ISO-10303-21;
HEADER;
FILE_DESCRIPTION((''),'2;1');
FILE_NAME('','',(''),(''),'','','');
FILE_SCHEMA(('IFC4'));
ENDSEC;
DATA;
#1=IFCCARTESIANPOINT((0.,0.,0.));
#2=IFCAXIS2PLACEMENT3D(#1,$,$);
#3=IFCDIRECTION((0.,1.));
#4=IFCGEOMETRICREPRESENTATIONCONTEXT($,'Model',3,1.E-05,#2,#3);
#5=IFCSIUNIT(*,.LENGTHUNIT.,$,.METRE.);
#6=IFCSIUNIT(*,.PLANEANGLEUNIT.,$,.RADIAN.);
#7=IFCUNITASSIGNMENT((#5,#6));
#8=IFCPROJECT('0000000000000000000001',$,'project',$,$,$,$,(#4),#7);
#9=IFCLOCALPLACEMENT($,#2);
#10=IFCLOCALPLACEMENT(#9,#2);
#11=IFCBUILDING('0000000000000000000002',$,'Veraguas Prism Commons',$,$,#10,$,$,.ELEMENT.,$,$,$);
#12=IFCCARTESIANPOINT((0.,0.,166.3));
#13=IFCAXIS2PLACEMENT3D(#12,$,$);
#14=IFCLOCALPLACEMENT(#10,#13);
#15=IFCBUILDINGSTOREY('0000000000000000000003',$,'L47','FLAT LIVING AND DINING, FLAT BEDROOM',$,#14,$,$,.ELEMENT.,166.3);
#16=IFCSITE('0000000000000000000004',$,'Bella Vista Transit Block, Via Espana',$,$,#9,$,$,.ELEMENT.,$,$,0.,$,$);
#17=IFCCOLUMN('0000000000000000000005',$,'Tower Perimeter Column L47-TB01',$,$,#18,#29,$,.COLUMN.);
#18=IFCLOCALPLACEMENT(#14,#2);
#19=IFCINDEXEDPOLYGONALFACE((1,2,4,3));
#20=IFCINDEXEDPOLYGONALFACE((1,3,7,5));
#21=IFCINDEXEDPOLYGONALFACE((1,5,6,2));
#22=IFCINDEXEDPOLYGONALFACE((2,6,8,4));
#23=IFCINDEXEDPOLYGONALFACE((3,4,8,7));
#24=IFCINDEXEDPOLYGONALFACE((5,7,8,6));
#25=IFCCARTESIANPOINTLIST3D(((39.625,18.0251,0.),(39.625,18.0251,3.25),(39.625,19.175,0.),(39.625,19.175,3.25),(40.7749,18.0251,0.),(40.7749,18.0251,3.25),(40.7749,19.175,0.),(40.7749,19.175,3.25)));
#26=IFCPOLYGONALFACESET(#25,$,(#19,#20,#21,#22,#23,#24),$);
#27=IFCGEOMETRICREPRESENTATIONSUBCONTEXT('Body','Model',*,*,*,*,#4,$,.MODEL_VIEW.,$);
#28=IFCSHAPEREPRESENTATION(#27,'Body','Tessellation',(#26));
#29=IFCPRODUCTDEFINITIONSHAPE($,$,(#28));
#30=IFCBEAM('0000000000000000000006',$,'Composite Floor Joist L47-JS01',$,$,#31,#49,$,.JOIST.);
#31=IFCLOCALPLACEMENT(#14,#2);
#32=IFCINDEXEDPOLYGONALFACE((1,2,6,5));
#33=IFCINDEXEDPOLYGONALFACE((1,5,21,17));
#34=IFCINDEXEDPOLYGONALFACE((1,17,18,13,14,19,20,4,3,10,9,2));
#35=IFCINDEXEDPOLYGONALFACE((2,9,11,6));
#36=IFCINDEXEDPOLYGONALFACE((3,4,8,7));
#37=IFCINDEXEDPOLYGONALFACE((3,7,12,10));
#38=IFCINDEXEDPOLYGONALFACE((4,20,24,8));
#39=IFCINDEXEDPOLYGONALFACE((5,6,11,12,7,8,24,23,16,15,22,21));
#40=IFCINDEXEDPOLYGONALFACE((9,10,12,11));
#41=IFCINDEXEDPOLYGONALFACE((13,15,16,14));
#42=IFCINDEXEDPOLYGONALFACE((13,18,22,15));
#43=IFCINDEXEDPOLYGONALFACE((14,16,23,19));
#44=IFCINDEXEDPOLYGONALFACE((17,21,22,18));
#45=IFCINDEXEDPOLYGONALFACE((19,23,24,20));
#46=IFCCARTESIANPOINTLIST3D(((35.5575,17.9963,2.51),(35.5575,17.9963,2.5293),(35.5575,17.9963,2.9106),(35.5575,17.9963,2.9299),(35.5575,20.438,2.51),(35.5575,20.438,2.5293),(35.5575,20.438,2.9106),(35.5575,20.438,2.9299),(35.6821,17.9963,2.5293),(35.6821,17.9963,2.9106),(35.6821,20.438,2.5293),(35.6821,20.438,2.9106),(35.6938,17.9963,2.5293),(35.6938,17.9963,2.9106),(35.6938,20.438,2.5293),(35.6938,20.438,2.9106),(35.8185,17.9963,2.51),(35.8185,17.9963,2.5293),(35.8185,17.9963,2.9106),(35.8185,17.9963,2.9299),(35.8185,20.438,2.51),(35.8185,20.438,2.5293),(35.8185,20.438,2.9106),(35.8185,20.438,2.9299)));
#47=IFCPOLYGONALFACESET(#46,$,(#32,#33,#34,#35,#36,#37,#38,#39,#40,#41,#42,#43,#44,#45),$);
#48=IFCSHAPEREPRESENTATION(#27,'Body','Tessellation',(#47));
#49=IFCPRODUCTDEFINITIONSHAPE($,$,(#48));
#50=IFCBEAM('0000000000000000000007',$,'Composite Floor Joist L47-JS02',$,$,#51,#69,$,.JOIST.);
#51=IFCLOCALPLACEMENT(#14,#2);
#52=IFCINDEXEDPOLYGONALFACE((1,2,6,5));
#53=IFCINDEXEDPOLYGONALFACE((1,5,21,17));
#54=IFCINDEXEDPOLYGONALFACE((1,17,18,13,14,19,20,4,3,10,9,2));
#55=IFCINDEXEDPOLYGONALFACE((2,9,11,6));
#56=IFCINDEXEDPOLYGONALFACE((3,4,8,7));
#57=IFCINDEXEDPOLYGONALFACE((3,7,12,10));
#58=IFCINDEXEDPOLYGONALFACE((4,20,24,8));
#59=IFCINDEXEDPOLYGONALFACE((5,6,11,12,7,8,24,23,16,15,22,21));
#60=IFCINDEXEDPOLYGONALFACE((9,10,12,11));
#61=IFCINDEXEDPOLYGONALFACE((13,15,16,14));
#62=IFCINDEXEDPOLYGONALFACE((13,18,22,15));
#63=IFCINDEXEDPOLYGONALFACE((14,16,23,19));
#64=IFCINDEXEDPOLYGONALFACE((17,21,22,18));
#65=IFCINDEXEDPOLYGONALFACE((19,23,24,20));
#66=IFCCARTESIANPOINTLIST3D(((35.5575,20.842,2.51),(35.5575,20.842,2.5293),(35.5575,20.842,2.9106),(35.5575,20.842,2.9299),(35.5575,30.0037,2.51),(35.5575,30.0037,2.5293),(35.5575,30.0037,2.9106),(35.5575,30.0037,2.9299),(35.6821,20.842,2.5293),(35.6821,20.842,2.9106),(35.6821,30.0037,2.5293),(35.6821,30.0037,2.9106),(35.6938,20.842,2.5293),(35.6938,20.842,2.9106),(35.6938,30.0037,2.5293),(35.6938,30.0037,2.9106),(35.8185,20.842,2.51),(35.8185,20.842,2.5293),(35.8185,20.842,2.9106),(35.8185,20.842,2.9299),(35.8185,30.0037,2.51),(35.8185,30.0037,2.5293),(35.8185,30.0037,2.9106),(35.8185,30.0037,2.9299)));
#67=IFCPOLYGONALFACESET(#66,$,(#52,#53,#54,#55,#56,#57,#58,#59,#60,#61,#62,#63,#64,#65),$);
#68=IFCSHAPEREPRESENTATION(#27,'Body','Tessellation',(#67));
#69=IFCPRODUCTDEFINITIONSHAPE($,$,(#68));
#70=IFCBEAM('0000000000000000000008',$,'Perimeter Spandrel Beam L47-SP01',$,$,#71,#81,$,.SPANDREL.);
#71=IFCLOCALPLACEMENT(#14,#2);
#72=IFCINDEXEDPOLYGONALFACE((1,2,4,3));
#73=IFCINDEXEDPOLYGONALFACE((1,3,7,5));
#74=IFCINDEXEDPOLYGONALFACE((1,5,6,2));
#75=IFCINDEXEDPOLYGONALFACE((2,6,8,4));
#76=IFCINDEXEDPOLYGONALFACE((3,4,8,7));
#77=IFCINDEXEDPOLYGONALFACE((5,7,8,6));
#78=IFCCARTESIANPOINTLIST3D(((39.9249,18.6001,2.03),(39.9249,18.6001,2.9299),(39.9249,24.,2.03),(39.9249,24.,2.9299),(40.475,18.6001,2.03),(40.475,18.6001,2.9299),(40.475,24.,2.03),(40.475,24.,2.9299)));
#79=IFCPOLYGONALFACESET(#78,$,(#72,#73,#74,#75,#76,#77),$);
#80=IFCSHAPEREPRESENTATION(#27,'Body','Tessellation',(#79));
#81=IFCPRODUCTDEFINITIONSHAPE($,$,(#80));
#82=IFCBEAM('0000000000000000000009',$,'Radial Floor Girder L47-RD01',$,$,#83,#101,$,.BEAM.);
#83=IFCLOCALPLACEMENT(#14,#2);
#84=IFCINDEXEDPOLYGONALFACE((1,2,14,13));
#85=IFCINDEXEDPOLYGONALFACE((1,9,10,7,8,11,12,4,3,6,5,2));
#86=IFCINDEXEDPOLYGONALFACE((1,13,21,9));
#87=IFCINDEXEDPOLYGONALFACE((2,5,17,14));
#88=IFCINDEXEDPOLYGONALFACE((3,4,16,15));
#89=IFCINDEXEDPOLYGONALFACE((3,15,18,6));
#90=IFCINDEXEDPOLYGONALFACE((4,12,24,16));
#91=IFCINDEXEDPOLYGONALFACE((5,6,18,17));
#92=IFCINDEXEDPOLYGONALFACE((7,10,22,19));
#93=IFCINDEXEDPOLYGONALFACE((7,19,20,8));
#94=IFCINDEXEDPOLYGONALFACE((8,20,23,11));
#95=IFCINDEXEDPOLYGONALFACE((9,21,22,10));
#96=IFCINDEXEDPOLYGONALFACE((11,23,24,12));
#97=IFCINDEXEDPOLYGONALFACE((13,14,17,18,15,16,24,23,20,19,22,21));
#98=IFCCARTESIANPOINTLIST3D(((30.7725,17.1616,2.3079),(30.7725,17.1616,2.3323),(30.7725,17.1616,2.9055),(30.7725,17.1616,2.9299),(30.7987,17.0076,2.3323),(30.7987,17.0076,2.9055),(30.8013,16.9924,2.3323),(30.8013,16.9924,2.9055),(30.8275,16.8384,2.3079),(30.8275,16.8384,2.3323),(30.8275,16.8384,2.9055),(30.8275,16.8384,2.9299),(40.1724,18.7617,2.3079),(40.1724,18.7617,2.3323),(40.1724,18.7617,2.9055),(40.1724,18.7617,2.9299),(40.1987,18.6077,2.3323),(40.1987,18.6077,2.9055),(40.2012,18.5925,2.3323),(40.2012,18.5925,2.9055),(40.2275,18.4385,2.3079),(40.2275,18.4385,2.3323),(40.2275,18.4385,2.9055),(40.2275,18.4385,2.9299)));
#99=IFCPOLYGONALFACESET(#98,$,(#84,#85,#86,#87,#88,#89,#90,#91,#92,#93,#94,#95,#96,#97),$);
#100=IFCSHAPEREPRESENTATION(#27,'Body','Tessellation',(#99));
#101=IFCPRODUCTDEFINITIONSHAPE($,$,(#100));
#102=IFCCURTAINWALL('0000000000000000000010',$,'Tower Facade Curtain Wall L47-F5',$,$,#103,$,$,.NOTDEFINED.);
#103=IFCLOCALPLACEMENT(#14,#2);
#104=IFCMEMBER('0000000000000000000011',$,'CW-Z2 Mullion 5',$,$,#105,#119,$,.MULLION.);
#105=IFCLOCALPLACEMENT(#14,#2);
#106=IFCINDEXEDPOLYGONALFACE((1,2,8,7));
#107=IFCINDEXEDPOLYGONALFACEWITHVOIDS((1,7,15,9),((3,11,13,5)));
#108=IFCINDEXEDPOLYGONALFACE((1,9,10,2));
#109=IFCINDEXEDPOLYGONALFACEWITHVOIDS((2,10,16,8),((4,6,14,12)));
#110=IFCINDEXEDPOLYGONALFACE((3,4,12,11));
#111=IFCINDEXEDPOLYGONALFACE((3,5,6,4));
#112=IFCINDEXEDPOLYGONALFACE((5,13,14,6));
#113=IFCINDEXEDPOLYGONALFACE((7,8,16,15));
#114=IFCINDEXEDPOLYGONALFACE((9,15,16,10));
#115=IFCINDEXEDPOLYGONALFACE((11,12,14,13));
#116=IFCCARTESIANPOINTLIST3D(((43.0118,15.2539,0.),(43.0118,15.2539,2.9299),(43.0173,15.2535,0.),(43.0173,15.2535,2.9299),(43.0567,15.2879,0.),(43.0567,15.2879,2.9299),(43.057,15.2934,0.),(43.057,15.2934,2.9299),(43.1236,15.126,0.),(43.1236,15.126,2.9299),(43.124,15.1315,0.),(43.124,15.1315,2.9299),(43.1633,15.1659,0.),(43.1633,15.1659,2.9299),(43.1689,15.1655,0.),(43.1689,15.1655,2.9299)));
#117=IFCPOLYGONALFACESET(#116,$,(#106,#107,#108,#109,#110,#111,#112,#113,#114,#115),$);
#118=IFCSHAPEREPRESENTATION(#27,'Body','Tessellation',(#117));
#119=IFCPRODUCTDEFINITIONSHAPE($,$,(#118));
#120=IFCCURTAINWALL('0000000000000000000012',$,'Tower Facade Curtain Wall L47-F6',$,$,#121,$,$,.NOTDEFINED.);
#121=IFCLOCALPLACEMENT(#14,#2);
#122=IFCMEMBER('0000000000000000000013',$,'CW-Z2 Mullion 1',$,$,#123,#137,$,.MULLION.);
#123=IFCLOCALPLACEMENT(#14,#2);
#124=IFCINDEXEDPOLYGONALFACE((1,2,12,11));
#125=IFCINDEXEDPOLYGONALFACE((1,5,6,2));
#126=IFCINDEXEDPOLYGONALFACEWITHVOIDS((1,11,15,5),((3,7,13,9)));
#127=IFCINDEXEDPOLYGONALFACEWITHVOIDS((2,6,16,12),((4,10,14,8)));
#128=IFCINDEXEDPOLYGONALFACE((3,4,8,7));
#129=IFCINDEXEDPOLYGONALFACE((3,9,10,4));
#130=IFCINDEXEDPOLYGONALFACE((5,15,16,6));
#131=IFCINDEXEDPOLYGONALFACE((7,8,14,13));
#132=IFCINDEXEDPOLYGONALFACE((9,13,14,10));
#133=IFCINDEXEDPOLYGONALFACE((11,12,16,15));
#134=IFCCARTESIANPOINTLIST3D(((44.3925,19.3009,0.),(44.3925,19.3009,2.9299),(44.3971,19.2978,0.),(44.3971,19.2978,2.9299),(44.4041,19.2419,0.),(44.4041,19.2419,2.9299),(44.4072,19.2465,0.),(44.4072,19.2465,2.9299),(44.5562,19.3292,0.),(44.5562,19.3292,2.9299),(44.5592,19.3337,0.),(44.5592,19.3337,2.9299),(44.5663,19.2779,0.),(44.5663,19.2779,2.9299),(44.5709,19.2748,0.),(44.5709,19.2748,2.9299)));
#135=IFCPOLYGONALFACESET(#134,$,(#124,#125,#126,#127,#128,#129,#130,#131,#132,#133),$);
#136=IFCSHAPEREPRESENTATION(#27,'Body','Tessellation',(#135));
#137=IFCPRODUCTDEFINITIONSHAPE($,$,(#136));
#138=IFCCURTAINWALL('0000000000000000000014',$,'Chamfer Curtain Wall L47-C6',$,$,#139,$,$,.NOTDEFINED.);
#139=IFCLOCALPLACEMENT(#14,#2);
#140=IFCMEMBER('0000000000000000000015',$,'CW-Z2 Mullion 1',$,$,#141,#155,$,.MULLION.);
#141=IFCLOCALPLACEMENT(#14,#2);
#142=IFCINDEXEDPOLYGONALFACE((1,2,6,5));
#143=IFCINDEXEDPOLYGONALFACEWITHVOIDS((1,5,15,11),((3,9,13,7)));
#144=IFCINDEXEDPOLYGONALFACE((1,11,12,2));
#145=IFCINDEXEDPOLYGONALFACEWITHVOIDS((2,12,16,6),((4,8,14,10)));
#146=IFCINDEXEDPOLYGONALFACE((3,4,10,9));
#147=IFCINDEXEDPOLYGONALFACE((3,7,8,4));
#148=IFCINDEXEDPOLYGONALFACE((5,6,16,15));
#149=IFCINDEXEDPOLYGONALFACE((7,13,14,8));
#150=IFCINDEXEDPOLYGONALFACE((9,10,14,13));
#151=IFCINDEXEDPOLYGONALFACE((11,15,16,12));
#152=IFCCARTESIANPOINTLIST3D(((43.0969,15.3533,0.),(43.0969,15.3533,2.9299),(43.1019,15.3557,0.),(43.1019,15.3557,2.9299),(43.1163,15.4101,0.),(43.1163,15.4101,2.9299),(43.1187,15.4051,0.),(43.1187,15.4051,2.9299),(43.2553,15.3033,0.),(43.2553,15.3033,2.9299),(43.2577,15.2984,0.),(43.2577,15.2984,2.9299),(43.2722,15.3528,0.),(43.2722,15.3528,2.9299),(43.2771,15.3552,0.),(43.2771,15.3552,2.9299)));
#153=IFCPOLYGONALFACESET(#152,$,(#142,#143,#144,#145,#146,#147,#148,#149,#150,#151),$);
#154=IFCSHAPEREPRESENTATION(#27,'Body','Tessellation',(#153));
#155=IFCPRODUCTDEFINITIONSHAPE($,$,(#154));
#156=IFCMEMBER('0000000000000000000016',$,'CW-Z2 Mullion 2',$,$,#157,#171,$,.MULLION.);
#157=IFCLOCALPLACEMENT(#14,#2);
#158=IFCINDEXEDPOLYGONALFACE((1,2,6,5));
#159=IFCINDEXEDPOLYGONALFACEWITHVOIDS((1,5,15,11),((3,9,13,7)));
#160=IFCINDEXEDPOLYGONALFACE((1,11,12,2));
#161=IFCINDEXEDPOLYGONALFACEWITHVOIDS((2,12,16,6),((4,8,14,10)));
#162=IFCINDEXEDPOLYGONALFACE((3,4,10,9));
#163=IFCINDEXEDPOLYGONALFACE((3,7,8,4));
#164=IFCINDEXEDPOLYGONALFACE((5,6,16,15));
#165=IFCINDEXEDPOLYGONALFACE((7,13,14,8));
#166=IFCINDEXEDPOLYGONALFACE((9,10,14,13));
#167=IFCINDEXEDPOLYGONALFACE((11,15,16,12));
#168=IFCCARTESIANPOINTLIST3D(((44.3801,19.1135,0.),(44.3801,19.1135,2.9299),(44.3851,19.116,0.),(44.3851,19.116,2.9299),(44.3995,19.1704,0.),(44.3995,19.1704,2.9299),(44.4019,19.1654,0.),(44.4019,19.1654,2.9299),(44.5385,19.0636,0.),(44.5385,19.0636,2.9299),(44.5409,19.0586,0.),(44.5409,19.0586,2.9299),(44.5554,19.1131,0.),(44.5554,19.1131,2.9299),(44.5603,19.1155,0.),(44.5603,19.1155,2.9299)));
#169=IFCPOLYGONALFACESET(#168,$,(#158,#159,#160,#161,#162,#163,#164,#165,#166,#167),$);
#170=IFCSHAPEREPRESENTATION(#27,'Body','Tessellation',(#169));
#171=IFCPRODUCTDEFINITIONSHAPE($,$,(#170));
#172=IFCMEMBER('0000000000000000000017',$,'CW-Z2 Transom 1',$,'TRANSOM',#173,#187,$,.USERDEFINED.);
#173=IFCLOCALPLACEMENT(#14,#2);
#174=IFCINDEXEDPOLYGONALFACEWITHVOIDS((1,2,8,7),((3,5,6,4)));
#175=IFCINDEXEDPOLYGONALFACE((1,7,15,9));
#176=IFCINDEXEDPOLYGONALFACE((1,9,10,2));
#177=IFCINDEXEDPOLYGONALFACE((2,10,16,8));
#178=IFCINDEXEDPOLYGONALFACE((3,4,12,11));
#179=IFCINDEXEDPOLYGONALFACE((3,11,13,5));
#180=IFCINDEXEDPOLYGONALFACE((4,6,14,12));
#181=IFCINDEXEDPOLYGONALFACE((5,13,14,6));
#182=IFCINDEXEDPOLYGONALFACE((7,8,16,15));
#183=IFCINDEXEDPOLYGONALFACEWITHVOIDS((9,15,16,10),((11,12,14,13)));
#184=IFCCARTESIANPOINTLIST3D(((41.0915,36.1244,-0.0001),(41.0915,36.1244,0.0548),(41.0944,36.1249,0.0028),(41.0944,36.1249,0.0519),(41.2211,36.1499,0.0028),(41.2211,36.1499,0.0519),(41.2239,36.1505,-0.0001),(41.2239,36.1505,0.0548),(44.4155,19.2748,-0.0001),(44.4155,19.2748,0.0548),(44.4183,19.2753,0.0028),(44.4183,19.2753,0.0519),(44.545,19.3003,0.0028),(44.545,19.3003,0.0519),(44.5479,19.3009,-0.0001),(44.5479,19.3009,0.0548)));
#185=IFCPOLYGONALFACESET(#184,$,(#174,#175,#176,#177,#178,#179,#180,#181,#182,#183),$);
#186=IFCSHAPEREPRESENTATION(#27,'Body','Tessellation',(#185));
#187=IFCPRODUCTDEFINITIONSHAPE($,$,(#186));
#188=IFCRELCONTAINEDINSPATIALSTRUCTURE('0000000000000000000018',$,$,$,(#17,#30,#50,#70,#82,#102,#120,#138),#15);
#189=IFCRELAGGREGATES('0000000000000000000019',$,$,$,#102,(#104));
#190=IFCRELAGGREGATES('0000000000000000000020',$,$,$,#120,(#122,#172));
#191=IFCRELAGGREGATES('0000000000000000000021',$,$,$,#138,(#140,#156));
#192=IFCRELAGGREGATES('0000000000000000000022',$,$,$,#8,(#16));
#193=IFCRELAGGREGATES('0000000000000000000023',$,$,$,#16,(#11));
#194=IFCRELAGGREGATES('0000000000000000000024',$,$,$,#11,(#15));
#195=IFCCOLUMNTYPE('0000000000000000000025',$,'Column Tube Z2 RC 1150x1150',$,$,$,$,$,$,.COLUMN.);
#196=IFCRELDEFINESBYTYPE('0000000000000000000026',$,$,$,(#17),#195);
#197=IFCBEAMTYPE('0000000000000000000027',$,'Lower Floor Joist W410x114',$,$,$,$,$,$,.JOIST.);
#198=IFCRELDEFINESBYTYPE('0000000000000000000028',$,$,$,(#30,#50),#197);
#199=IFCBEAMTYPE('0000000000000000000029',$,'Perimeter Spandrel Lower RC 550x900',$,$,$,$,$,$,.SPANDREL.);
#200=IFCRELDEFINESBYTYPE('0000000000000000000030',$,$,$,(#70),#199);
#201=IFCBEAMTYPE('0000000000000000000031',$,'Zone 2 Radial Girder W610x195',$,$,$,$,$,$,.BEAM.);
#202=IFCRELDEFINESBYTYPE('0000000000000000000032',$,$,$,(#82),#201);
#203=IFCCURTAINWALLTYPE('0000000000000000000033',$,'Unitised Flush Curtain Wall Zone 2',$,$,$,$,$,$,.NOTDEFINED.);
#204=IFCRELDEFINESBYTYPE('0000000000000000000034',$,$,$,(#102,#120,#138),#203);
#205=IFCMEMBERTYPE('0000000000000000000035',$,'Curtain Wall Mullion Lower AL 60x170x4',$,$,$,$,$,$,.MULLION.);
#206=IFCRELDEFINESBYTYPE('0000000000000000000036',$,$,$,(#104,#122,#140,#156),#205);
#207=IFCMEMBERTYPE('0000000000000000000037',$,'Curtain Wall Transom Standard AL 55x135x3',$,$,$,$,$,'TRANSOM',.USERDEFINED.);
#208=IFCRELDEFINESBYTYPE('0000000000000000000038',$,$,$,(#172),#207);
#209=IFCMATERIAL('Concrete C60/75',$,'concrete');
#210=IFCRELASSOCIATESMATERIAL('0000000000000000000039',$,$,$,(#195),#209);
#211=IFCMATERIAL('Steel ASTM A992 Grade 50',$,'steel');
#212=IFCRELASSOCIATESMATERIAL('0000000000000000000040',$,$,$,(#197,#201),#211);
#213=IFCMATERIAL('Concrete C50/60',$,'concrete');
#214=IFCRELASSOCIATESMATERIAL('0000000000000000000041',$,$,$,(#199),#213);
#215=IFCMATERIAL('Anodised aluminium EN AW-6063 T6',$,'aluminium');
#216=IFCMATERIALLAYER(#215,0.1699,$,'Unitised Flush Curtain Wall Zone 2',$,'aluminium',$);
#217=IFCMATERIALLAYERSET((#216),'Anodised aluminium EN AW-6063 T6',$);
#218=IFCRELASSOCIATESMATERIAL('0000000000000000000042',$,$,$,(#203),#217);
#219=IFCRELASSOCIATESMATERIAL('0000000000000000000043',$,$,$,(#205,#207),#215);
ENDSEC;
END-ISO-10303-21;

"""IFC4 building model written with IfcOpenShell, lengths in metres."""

from ifc_helpers import new_model, si_unit, direction, frame, origin, origin_2d, place, context, subcontext, project, spatial, rectangle, hollow_rectangle, i_section, extrude, source, transform, mapped, material, layer, layer_set, material_profile, profile_set, type_object, element, aggregate, save


model = new_model("IFC4")

# Units and contexts
model_context = context("Model", 3, precision=1e-05, world=origin(), true_north=direction((0.0, 1.0)))
body_context = subcontext(model_context, "Body", "Model", "MODEL_VIEW")
ifc_project = project(units=[si_unit("LENGTHUNIT", "METRE"), si_unit("PLANEANGLEUNIT", "RADIAN")], contexts=[model_context])

# Site, building, storey
site_placement = place(None, origin())
site = spatial("IfcSite", under=ifc_project, at=site_placement, Name="Bella Vista Transit Block, Via Espana", CompositionType="ELEMENT", RefElevation=0.0)
building_placement = place(site_placement, origin())
building = spatial("IfcBuilding", under=site, at=building_placement, Name="Veraguas Prism Commons", CompositionType="ELEMENT")
storey_placement = place(building_placement, frame((0.0, 0.0, 166.3)))
storey = spatial("IfcBuildingStorey", under=building, at=storey_placement, Name="L47", Description="FLAT LIVING AND DINING, FLAT BEDROOM", CompositionType="ELEMENT", Elevation=166.3)

# Column
ifc_material_1 = material(Name="Concrete C60/75", Category="concrete")
ifc_material_profile_1 = material_profile(ifc_material_1, rectangle(XDim=1.1499, YDim=1.1499, at=origin_2d()), Name="RC1150X1150")
ifc_profile_set_1 = profile_set([ifc_material_profile_1], Name="Concrete C60/75")
column_type = type_object("IfcColumnType", Name="Column Tube Z2 RC 1150x1150", PredefinedType="COLUMN", material=ifc_profile_set_1)
column_placement = place(storey_placement, frame((40.2, 18.6001, 0.0), z_axis=(0.0, 0.0, 1.0), x_axis=(1.0, 0.0, 0.0)))
element("IfcColumn", 1, at=column_placement, inside=storey, type_object=column_type, Name="Tower Perimeter Column L47-TB01", PredefinedType="COLUMN", context=body_context, shape_type="SweptSolid", body=[
    extrude(rectangle(XDim=1.1499, YDim=1.1499, at=origin_2d()), origin(), (0.0, 0.0, 1.0), 3.25),
])

# Beams
ifc_material_2 = material(Name="Steel ASTM A992 Grade 50", Category="steel")
ifc_material_profile_2 = material_profile(ifc_material_2, i_section(OverallWidth=0.261, OverallDepth=0.4199, WebThickness=0.0117, FlangeThickness=0.0193, at=origin_2d()), Name="W410X114")
ifc_profile_set_2 = profile_set([ifc_material_profile_2], Name="Steel ASTM A992 Grade 50")
beam_type_1 = type_object("IfcBeamType", Name="Lower Floor Joist W410x114", PredefinedType="JOIST", material=ifc_profile_set_2)
beam_1_placement = place(storey_placement, frame((35.688, 17.9963, 2.72), z_axis=(0.0, 1.0, 0.0), x_axis=(-1.0, 0.0, 0.0)))
element("IfcBeam", 2, at=beam_1_placement, inside=storey, type_object=beam_type_1, Name="Composite Floor Joist L47-JS01", PredefinedType="JOIST", context=body_context, shape_type="SweptSolid", body=[
    extrude(i_section(OverallWidth=0.261, OverallDepth=0.4199, WebThickness=0.0117, FlangeThickness=0.0193, at=origin_2d()), origin(), (0.0, 0.0, 1.0), 2.4417),
])
beam_2_placement = place(storey_placement, frame((35.688, 20.842, 2.72), z_axis=(0.0, 1.0, 0.0), x_axis=(-1.0, 0.0, 0.0)))
element("IfcBeam", 3, at=beam_2_placement, inside=storey, type_object=beam_type_1, Name="Composite Floor Joist L47-JS02", PredefinedType="JOIST", context=body_context, shape_type="SweptSolid", body=[
    extrude(i_section(OverallWidth=0.261, OverallDepth=0.4199, WebThickness=0.0117, FlangeThickness=0.0193, at=origin_2d()), origin(), (0.0, 0.0, 1.0), 9.1616),
])
ifc_material_3 = material(Name="Concrete C50/60", Category="concrete")
ifc_material_profile_3 = material_profile(ifc_material_3, rectangle(XDim=0.55, YDim=0.8999, at=origin_2d()), Name="RC550X900")
ifc_profile_set_3 = profile_set([ifc_material_profile_3], Name="Concrete C50/60")
beam_type_2 = type_object("IfcBeamType", Name="Perimeter Spandrel Lower RC 550x900", PredefinedType="SPANDREL", material=ifc_profile_set_3)
beam_3_placement = place(storey_placement, frame((40.2, 18.6001, 2.48), z_axis=(0.0, 1.0, 0.0), x_axis=(-1.0, 0.0, 0.0)))
element("IfcBeam", 4, at=beam_3_placement, inside=storey, type_object=beam_type_2, Name="Perimeter Spandrel Beam L47-SP01", PredefinedType="SPANDREL", context=body_context, shape_type="SweptSolid", body=[
    extrude(rectangle(XDim=0.55, YDim=0.8999, at=origin_2d()), origin(), (0.0, 0.0, 1.0), 5.3999),
])
ifc_material_profile_4 = material_profile(ifc_material_2, i_section(OverallWidth=0.3279, OverallDepth=0.6221, WebThickness=0.0154, FlangeThickness=0.0244, at=origin_2d()), Name="W610X195")
ifc_profile_set_4 = profile_set([ifc_material_profile_4], Name="Steel ASTM A992 Grade 50")
beam_type_3 = type_object("IfcBeamType", Name="Zone 2 Radial Girder W610x195", PredefinedType="BEAM", material=ifc_profile_set_4)
beam_4_placement = place(storey_placement, frame((40.2, 18.6001, 2.6189), z_axis=(-0.985819, -0.167811, 0.0), x_axis=(0.167811, -0.985819, 0.0)))
element("IfcBeam", 5, at=beam_4_placement, inside=storey, type_object=beam_type_3, Name="Radial Floor Girder L47-RD01", PredefinedType="BEAM", context=body_context, shape_type="SweptSolid", body=[
    extrude(i_section(OverallWidth=0.3279, OverallDepth=0.6221, WebThickness=0.0154, FlangeThickness=0.0244, at=origin_2d()), origin(), (0.0, 0.0, 1.0), 9.5352),
])

# Curtain walls, members
ifc_material_4 = material(Name="Anodised aluminium EN AW-6063 T6", Category="aluminium")
ifc_layer_1 = layer(ifc_material_4, 0.1699, Name="Unitised Flush Curtain Wall Zone 2", Category="aluminium")
ifc_layer_set_1 = layer_set([ifc_layer_1], Name="Anodised aluminium EN AW-6063 T6")
curtain_wall_type = type_object("IfcCurtainWallType", Name="Unitised Flush Curtain Wall Zone 2", PredefinedType="NOTDEFINED", material=ifc_layer_set_1)
curtain_wall_1_placement = place(storey_placement, origin())
curtain_wall_1 = element("IfcCurtainWall", 6, at=curtain_wall_1_placement, inside=storey, type_object=curtain_wall_type, Name="Tower Facade Curtain Wall L47-F5", PredefinedType="NOTDEFINED")
ifc_material_profile_5 = material_profile(ifc_material_4, hollow_rectangle(XDim=0.0601, YDim=0.1699, WallThickness=0.0039, at=origin_2d()), Name="AL60X170X4")
ifc_profile_set_5 = profile_set([ifc_material_profile_5], Name="Anodised aluminium EN AW-6063 T6")
member_type_1 = type_object("IfcMemberType", Name="Curtain Wall Mullion Lower AL 60x170x4", PredefinedType="MULLION", material=ifc_profile_set_5)
shared_shape_1 = source(origin(), body_context, "Body", "SweptSolid", [
    extrude(hollow_rectangle(XDim=0.0601, YDim=0.1699, WallThickness=0.0039, at=origin_2d()), origin(), (0.0, 0.0, 1.0), 2.9299),
])
member_1_placement = place(storey_placement, frame((43.0903, 15.2097, 0.0), z_axis=(0.0, 0.0, 1.0), x_axis=(0.752872, 0.658167, 0.0)))
member_1 = element("IfcMember", 7, at=member_1_placement, type_object=member_type_1, Name="CW-Z2 Mullion 5", PredefinedType="MULLION", context=body_context, shape_type="MappedRepresentation", body=[
    mapped(shared_shape_1, transform((0.0, 0.0, 0.0), scale=1.0)),
])
aggregate(curtain_wall_1, [member_1])
curtain_wall_2_placement = place(storey_placement, origin())
curtain_wall_2 = element("IfcCurtainWall", 8, at=curtain_wall_2_placement, inside=storey, type_object=curtain_wall_type, Name="Tower Facade Curtain Wall L47-F6", PredefinedType="NOTDEFINED")
member_2_placement = place(storey_placement, frame((44.4817, 19.2878, 0.0), z_axis=(0.0, 0.0, 1.0), x_axis=(-0.193549, 0.981091, 0.0)))
member_2 = element("IfcMember", 9, at=member_2_placement, type_object=member_type_1, Name="CW-Z2 Mullion 1", PredefinedType="MULLION", context=body_context, shape_type="MappedRepresentation", body=[
    mapped(shared_shape_1, transform((0.0, 0.0, 0.0), scale=1.0)),
])

# Curtain wall, members
curtain_wall_3_placement = place(storey_placement, origin())
curtain_wall_3 = element("IfcCurtainWall", 10, at=curtain_wall_3_placement, inside=storey, type_object=curtain_wall_type, Name="Chamfer Curtain Wall L47-C6", PredefinedType="NOTDEFINED")
member_3_placement = place(storey_placement, frame((43.187, 15.3542, 0.0), z_axis=(0.0, 0.0, 1.0), x_axis=(0.32293, 0.946423, 0.0)))
member_3 = element("IfcMember", 11, at=member_3_placement, type_object=member_type_1, Name="CW-Z2 Mullion 1", PredefinedType="MULLION", context=body_context, shape_type="MappedRepresentation", body=[
    mapped(shared_shape_1, transform((0.0, 0.0, 0.0), scale=1.0)),
])
member_4_placement = place(storey_placement, frame((44.4702, 19.1145, 0.0), z_axis=(0.0, 0.0, 1.0), x_axis=(0.32293, 0.946423, 0.0)))
member_4 = element("IfcMember", 12, at=member_4_placement, type_object=member_type_1, Name="CW-Z2 Mullion 2", PredefinedType="MULLION", context=body_context, shape_type="MappedRepresentation", body=[
    mapped(shared_shape_1, transform((0.0, 0.0, 0.0), scale=1.0)),
])

# Member
ifc_material_profile_6 = material_profile(ifc_material_4, hollow_rectangle(XDim=0.0549, YDim=0.135, WallThickness=0.0029, at=origin_2d()), Name="AL55X135X3")
ifc_profile_set_6 = profile_set([ifc_material_profile_6], Name="Anodised aluminium EN AW-6063 T6")
member_type_2 = type_object("IfcMemberType", Name="Curtain Wall Transom Standard AL 55x135x3", ElementType="TRANSOM", PredefinedType="USERDEFINED", material=ifc_profile_set_6)
shared_shape_2 = source(origin(), body_context, "Body", "SweptSolid", [
    extrude(hollow_rectangle(XDim=0.0549, YDim=0.135, WallThickness=0.0029, at=origin_2d()), origin(), (0.0, 0.0, 1.0), 17.1743),
])
member_5_placement = place(storey_placement, frame((44.4817, 19.2878, 0.0273), z_axis=(-0.193543, 0.981092, 0.0), x_axis=(0.0, 0.0, 1.0)))
member_5 = element("IfcMember", 13, at=member_5_placement, type_object=member_type_2, Name="CW-Z2 Transom 1", ObjectType="TRANSOM", PredefinedType="USERDEFINED", context=body_context, shape_type="MappedRepresentation", body=[
    mapped(shared_shape_2, transform((0.0, 0.0, 0.0), scale=1.0)),
])
aggregate(curtain_wall_2, [member_2, member_5])

aggregate(curtain_wall_3, [member_3, member_4])

save(model, "model.ifc")
